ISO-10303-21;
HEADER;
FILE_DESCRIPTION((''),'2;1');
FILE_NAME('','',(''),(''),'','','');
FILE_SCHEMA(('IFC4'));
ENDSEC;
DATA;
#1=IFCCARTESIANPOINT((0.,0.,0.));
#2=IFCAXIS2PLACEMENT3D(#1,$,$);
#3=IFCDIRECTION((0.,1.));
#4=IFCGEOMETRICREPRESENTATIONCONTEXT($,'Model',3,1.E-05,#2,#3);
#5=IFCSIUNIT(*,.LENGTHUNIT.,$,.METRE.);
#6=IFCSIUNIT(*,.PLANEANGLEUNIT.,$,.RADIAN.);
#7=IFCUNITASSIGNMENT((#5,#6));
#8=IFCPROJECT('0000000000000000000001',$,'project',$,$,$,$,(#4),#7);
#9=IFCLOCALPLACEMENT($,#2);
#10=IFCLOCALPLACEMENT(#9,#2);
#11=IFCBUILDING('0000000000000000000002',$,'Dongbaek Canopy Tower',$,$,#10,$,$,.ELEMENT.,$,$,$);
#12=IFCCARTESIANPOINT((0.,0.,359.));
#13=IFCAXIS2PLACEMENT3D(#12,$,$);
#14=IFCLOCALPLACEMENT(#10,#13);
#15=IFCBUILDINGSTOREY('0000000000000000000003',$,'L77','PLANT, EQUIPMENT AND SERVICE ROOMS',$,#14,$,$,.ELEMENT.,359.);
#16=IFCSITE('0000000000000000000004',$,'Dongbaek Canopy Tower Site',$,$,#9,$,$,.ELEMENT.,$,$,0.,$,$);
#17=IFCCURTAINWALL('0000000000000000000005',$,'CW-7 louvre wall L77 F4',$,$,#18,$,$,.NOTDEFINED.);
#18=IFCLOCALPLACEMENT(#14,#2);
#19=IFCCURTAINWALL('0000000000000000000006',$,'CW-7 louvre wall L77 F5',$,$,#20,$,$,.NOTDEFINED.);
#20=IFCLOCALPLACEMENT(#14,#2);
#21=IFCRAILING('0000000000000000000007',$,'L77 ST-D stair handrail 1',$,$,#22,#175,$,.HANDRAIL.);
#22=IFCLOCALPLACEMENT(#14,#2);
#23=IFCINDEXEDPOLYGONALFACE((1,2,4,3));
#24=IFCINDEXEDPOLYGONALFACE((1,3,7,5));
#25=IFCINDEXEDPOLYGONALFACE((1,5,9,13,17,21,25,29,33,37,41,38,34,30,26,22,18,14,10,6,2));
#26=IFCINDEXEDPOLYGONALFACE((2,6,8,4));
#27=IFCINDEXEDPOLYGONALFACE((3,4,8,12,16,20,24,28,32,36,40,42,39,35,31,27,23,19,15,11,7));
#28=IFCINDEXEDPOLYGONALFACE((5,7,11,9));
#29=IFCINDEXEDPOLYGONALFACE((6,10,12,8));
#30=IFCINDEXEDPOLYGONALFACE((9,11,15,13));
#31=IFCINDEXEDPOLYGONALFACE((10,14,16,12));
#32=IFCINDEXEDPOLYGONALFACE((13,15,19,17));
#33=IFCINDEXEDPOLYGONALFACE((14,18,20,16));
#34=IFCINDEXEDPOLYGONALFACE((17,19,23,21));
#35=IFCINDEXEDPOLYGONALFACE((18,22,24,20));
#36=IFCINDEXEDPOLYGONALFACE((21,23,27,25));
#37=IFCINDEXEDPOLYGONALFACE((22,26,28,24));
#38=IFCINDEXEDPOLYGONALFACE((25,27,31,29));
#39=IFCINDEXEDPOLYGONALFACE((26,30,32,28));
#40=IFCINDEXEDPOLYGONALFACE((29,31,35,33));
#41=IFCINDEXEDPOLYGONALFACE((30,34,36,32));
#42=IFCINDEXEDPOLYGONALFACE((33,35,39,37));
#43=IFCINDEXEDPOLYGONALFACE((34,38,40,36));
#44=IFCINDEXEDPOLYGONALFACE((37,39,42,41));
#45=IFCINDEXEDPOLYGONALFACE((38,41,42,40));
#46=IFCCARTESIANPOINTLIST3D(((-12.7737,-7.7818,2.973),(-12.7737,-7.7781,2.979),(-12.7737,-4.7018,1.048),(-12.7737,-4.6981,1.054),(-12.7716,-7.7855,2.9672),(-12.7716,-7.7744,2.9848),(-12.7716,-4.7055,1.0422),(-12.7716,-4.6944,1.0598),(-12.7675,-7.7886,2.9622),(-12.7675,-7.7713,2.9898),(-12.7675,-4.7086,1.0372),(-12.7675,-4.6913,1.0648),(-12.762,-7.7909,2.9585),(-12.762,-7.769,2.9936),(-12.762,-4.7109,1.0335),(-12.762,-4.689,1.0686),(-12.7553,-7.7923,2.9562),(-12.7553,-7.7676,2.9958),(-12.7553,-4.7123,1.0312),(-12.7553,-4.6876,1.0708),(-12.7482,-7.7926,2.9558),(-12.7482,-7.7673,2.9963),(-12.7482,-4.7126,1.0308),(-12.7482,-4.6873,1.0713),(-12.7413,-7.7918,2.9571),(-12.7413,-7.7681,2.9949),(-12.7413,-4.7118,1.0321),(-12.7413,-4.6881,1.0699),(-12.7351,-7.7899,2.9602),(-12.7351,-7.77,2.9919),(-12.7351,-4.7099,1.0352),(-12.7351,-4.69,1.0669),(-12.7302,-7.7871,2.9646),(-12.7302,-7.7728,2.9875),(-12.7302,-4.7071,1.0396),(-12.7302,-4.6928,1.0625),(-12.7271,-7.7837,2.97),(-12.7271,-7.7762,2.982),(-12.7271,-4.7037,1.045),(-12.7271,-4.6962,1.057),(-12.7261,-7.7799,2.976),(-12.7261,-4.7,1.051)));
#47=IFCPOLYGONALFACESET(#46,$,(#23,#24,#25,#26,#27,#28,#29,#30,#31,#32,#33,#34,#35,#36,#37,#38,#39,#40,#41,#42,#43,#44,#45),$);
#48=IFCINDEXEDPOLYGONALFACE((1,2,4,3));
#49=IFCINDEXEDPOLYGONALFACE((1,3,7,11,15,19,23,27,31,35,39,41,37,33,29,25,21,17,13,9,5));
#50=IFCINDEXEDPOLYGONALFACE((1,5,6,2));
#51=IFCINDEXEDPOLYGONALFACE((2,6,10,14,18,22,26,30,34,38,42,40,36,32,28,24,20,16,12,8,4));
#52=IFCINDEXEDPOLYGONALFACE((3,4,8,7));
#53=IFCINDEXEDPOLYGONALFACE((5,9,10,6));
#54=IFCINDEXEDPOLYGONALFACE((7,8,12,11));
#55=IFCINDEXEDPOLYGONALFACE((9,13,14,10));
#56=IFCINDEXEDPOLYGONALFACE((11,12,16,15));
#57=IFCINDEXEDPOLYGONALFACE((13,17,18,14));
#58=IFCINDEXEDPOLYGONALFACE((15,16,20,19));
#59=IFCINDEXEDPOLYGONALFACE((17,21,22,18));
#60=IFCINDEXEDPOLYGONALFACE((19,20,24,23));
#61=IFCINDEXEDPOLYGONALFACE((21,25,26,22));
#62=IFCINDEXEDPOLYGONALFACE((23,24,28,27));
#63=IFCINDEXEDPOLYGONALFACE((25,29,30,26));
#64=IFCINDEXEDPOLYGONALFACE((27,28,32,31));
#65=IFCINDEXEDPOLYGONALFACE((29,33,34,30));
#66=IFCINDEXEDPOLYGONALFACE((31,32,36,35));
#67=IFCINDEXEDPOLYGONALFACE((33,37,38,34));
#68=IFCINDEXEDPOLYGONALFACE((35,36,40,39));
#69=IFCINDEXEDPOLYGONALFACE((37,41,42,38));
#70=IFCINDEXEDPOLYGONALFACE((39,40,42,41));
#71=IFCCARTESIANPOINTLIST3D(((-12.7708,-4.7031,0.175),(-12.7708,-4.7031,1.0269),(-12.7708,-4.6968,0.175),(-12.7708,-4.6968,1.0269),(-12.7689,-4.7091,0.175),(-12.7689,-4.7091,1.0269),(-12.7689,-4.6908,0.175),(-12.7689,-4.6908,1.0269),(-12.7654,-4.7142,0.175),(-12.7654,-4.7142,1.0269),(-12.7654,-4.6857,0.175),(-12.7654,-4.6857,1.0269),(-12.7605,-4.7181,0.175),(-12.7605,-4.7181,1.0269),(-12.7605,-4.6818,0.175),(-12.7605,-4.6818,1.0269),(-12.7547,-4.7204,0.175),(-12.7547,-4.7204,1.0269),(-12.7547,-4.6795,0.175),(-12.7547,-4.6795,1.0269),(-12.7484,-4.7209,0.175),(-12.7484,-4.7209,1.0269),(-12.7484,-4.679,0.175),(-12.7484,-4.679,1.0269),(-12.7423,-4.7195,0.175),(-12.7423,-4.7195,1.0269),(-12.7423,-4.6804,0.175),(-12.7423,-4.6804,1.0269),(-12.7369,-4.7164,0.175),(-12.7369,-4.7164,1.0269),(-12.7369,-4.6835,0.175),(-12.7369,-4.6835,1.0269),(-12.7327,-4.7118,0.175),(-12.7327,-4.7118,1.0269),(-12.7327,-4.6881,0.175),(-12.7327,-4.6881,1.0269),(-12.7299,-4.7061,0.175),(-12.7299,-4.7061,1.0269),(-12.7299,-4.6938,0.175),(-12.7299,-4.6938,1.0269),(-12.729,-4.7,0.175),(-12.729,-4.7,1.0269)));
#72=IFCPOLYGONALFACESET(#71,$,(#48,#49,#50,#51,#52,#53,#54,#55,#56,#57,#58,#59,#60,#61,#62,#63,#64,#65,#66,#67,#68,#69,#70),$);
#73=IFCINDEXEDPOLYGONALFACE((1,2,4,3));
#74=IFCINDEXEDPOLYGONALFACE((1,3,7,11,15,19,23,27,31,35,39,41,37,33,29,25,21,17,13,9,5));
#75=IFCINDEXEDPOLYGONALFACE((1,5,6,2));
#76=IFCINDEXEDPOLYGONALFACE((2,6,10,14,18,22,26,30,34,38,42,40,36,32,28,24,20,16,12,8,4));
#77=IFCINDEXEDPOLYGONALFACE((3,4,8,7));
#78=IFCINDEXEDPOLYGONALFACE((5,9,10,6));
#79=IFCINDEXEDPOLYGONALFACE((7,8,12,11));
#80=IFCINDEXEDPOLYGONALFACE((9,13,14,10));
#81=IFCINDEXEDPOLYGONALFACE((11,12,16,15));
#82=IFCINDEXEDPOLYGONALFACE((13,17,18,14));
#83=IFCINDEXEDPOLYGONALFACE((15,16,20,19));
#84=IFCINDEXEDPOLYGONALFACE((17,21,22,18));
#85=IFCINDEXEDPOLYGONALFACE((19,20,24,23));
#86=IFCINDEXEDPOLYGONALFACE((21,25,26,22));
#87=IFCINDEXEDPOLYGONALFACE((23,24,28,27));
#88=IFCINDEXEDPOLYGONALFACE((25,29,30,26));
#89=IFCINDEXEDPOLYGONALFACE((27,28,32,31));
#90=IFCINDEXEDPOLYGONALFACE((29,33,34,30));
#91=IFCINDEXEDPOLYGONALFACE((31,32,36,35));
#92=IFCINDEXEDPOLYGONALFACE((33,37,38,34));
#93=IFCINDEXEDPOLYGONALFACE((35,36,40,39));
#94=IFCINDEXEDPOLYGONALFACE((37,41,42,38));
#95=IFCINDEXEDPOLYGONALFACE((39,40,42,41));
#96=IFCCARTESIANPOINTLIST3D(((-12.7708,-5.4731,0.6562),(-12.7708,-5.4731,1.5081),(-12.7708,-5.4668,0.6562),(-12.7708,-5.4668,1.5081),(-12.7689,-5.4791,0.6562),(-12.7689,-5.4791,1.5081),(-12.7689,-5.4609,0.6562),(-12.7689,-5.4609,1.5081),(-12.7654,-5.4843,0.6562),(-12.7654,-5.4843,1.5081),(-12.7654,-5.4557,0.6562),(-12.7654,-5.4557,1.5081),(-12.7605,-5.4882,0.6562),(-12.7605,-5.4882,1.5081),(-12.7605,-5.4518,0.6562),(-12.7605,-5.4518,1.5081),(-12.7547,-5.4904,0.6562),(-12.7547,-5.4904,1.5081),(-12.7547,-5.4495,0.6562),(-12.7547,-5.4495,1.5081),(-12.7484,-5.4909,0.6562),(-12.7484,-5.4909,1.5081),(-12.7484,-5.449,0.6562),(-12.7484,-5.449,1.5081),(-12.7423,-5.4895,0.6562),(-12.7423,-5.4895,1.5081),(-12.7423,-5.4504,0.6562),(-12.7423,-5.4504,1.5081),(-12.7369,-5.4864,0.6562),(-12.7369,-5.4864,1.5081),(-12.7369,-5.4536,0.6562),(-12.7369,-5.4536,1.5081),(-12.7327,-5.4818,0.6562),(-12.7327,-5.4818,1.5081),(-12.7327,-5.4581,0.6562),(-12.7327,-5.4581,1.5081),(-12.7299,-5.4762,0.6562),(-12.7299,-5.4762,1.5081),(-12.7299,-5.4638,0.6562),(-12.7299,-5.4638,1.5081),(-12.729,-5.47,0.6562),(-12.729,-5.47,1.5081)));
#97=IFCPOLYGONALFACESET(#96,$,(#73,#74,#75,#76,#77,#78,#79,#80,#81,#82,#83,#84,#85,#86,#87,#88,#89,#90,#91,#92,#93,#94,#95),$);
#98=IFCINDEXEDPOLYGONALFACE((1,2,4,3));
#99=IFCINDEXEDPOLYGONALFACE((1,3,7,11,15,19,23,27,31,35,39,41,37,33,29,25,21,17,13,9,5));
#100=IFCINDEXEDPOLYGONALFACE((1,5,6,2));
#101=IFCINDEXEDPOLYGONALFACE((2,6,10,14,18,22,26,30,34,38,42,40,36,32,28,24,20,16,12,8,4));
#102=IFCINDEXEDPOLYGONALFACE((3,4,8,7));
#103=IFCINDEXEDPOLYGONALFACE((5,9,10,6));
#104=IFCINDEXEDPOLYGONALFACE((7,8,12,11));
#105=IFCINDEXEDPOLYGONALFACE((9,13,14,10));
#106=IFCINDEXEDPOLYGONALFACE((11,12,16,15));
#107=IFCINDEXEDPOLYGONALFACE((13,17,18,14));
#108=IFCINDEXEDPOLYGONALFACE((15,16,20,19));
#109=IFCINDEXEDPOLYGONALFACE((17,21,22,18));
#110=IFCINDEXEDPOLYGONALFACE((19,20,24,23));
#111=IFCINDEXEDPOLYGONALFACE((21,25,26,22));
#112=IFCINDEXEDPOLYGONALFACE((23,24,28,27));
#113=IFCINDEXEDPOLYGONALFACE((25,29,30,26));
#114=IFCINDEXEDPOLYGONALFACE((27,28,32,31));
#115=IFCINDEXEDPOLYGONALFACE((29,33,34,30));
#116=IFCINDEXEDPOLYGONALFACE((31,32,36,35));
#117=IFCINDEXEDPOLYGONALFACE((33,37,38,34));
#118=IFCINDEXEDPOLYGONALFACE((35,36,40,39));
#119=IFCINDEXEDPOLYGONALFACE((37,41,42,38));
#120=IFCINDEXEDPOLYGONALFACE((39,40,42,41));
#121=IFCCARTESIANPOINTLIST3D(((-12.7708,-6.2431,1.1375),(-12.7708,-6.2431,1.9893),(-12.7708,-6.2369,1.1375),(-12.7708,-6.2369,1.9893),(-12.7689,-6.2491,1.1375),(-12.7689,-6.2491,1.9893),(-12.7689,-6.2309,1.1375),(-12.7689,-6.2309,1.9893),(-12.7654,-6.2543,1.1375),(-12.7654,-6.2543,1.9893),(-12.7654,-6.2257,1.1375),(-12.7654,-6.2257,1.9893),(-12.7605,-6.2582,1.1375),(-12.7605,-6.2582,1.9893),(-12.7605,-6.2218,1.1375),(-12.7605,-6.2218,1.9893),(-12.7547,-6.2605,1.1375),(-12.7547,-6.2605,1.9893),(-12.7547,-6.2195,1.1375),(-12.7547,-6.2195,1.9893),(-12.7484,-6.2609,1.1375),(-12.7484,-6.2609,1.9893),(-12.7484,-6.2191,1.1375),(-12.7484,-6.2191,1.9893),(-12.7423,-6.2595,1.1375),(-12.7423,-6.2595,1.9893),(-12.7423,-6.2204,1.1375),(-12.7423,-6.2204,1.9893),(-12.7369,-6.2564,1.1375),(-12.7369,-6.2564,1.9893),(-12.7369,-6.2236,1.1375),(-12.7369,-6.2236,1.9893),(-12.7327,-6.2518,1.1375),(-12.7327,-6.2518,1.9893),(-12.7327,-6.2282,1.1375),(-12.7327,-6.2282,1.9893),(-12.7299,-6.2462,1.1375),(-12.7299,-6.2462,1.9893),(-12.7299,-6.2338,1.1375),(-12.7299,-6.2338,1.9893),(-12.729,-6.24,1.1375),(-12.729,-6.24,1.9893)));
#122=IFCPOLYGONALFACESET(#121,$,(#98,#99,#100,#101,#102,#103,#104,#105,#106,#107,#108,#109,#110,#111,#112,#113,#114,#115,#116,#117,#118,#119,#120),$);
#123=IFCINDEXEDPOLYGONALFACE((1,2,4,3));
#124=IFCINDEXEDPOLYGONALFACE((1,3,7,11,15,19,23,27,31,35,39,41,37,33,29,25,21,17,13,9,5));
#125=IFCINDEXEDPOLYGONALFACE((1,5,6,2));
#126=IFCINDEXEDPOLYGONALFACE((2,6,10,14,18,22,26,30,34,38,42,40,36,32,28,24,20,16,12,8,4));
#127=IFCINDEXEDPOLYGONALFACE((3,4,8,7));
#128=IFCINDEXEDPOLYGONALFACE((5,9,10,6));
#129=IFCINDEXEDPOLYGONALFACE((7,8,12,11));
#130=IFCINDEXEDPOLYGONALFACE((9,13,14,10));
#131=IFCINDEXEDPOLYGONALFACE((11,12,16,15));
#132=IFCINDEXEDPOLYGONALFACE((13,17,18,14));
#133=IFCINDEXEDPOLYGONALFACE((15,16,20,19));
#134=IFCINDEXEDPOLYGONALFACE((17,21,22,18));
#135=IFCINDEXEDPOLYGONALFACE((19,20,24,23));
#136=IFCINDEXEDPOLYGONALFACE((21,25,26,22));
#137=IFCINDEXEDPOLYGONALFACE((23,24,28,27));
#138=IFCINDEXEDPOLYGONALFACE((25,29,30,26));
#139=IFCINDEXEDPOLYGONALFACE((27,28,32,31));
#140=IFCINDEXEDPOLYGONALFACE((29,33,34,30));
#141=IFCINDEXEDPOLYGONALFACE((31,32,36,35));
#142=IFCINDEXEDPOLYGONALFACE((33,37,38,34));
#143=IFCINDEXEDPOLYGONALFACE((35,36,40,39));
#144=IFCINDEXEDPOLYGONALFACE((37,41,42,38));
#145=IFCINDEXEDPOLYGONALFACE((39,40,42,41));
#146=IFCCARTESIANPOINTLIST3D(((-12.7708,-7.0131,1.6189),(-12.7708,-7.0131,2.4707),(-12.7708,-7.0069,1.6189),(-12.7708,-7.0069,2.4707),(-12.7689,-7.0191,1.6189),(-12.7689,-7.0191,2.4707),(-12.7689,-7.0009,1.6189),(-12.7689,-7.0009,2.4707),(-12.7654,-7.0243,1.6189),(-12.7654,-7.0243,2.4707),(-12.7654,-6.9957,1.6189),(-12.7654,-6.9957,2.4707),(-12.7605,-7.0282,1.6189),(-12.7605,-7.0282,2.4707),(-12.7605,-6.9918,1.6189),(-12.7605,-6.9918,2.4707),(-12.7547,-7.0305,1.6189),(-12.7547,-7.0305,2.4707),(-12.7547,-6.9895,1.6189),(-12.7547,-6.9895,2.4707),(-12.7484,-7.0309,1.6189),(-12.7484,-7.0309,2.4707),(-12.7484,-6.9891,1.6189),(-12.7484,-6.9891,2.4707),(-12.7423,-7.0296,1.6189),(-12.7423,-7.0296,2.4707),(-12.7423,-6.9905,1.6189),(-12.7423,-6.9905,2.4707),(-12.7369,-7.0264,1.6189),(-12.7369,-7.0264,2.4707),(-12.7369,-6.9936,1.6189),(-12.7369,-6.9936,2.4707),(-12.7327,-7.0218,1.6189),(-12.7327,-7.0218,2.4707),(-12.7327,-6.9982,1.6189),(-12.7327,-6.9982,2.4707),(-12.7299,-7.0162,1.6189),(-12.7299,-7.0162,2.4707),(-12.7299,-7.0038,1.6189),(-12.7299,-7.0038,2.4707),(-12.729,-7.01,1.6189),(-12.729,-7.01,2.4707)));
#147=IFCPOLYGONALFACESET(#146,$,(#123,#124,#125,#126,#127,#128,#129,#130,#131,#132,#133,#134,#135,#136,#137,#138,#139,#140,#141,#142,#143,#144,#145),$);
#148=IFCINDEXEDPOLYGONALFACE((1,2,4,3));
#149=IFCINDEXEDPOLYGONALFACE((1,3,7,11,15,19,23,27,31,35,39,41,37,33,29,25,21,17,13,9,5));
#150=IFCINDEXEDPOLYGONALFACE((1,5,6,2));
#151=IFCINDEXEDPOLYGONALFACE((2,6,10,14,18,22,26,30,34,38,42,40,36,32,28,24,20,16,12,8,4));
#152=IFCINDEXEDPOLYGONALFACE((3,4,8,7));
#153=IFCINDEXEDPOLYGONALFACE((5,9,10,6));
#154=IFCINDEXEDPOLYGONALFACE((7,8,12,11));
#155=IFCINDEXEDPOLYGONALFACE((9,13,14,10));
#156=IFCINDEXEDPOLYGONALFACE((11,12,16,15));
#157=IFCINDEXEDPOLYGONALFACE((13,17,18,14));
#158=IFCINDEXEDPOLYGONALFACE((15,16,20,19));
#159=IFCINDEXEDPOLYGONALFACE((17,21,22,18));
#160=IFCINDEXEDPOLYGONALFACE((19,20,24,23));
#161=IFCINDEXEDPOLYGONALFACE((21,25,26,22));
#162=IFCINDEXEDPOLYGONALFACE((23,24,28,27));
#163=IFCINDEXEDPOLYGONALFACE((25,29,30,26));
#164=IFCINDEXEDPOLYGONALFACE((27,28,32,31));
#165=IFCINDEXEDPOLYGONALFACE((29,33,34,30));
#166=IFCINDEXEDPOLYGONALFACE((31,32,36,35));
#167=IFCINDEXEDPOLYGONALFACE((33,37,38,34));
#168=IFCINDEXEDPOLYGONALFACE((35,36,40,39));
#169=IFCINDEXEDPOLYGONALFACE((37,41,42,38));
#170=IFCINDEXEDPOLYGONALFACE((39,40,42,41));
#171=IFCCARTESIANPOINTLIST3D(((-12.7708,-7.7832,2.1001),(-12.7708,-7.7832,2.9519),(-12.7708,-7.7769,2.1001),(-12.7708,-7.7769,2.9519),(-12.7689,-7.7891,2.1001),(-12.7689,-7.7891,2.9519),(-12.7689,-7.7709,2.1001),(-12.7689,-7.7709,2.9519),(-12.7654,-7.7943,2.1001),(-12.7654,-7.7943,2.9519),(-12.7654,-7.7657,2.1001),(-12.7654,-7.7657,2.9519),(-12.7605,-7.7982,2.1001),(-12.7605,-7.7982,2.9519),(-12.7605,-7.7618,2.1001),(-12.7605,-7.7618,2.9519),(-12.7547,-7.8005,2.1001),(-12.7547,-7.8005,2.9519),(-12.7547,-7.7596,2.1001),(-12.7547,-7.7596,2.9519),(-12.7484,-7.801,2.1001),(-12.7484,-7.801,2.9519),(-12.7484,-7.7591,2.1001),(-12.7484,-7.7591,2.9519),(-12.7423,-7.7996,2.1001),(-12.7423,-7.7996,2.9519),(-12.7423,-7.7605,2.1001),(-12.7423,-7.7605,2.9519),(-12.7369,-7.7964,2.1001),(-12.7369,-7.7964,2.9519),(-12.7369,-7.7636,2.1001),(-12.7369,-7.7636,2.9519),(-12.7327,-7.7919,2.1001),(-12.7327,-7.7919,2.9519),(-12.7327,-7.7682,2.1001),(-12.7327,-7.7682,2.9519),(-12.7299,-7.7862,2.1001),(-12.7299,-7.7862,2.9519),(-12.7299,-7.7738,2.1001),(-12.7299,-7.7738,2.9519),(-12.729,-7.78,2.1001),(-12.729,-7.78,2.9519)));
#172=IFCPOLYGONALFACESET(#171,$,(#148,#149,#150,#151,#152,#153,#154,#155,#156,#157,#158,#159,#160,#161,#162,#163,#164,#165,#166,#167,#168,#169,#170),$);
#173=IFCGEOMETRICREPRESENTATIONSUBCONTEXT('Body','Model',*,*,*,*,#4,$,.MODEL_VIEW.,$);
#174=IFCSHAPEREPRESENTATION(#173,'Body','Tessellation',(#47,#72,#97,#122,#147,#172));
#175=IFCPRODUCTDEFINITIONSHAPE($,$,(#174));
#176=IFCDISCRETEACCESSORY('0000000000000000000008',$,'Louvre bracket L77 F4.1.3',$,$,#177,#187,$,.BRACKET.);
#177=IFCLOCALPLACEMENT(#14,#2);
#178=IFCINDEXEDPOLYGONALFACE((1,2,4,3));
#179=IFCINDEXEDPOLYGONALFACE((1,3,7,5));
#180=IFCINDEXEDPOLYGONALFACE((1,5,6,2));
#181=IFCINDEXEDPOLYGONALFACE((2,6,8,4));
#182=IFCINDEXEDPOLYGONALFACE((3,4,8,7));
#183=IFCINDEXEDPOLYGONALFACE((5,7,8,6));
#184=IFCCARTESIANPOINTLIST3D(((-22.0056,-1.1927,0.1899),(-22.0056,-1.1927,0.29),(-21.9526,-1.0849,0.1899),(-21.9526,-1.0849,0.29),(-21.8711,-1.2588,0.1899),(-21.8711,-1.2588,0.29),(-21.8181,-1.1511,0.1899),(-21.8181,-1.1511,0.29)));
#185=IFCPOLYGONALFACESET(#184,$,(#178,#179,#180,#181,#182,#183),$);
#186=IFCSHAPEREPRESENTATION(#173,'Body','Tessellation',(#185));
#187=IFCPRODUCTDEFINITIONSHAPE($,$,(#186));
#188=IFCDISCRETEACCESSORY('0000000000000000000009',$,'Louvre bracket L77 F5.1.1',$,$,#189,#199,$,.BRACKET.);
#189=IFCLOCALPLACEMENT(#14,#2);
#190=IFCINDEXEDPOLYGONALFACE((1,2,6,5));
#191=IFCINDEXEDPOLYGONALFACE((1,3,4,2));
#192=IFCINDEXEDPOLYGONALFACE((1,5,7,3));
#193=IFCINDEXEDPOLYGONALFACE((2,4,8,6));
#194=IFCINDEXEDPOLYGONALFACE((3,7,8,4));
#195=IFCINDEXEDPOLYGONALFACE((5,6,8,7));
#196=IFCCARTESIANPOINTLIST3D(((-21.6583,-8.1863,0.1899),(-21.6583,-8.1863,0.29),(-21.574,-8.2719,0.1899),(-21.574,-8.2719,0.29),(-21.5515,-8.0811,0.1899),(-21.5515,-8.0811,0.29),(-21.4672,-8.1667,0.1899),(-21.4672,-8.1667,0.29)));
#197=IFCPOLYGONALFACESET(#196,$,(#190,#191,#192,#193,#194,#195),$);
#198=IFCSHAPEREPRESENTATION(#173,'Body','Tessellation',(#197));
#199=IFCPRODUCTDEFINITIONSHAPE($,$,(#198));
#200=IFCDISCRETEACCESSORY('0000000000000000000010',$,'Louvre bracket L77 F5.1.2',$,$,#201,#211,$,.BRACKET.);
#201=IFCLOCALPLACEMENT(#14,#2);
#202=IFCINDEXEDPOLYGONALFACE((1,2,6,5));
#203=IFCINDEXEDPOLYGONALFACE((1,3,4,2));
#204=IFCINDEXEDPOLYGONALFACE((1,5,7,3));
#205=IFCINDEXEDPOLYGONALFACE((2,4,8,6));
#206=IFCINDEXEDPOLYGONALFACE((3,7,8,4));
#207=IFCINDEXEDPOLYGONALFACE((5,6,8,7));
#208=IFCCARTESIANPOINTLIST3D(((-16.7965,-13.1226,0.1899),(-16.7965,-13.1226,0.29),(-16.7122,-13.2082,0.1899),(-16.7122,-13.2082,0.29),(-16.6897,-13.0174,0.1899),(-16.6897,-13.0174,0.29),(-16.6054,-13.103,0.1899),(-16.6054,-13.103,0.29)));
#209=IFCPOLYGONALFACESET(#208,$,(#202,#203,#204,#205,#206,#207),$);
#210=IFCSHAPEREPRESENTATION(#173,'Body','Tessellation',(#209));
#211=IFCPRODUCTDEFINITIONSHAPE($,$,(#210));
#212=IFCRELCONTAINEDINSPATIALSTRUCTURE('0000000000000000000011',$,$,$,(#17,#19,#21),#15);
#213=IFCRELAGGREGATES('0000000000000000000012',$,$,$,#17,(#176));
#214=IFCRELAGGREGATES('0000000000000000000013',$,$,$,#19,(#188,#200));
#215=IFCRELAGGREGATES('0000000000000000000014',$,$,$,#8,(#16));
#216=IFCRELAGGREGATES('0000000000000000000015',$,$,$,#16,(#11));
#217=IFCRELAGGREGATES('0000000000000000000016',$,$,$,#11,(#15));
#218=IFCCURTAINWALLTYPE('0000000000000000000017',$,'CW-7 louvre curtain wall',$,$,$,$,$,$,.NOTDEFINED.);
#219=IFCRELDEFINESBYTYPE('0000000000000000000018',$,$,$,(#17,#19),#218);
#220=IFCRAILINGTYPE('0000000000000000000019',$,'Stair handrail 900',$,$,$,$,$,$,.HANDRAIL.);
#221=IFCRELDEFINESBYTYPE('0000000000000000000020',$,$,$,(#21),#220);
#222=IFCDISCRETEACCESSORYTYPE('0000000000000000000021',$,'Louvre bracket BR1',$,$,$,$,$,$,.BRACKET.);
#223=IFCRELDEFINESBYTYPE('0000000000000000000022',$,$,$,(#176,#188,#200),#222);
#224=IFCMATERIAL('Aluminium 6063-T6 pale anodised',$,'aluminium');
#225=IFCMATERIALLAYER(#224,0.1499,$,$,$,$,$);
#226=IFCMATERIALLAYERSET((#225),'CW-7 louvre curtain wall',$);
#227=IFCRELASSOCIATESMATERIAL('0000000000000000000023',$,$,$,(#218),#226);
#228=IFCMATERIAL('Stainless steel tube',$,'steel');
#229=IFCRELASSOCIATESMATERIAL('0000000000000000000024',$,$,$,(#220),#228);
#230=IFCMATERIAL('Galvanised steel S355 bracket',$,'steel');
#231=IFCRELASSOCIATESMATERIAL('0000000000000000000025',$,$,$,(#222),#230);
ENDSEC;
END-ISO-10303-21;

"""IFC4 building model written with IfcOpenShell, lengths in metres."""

from ifc_helpers import new_model, si_unit, direction, frame, origin, origin_2d, place, context, subcontext, project, spatial, rectangle, circle, extrude, material, layer, layer_set, type_object, element, aggregate, save


model = new_model("IFC4")

# Units and contexts
model_context = context("Model", 3, precision=1e-05, world=origin(), true_north=direction((0.0, 1.0)))
body_context = subcontext(model_context, "Body", "Model", "MODEL_VIEW")
ifc_project = project(units=[si_unit("LENGTHUNIT", "METRE"), si_unit("PLANEANGLEUNIT", "RADIAN")], contexts=[model_context])

# Site, building, storey
site_placement = place(None, origin())
site = spatial("IfcSite", under=ifc_project, at=site_placement, Name="Dongbaek Canopy Tower Site", CompositionType="ELEMENT", RefElevation=0.0)
building_placement = place(site_placement, origin())
building = spatial("IfcBuilding", under=site, at=building_placement, Name="Dongbaek Canopy Tower", CompositionType="ELEMENT")
storey_placement = place(building_placement, frame((0.0, 0.0, 359.0)))
storey = spatial("IfcBuildingStorey", under=building, at=storey_placement, Name="L77", Description="PLANT, EQUIPMENT AND SERVICE ROOMS", CompositionType="ELEMENT", Elevation=359.0)

# Curtain wall
ifc_material_1 = material(Name="Aluminium 6063-T6 pale anodised", Category="aluminium")
ifc_layer_1 = layer(ifc_material_1, 0.1499)
ifc_layer_set_1 = layer_set([ifc_layer_1], Name="CW-7 louvre curtain wall")
curtain_wall_type = type_object("IfcCurtainWallType", Name="CW-7 louvre curtain wall", PredefinedType="NOTDEFINED", material=ifc_layer_set_1)
curtain_wall_1_placement = place(storey_placement, origin())
curtain_wall_1 = element("IfcCurtainWall", 1, at=curtain_wall_1_placement, inside=storey, type_object=curtain_wall_type, Name="CW-7 louvre wall L77 F4", PredefinedType="NOTDEFINED")

# Curtain wall
curtain_wall_2_placement = place(storey_placement, origin())
curtain_wall_2 = element("IfcCurtainWall", 2, at=curtain_wall_2_placement, inside=storey, type_object=curtain_wall_type, Name="CW-7 louvre wall L77 F5", PredefinedType="NOTDEFINED")

# Railing
ifc_material_2 = material(Name="Stainless steel tube", Category="steel")
railing_type_1 = type_object("IfcRailingType", Name="Stair handrail 900", PredefinedType="HANDRAIL", material=ifc_material_2)
railing_1_placement = place(storey_placement, frame((-12.75, -4.7, 0.175)))
element("IfcRailing", 3, at=railing_1_placement, inside=storey, type_object=railing_type_1, Name="L77 ST-D stair handrail 1", PredefinedType="HANDRAIL", context=body_context, shape_type="SweptSolid", body=[
    extrude(circle(Radius=0.0239, at=origin_2d()), frame((0.0, 0.0, 0.876), z_axis=(0.0, -0.847998, 0.529999), x_axis=(1.0, 0.0, 0.0)), (0.0, 0.0, 1.0), 3.6321),
    extrude(circle(Radius=0.021, at=origin_2d()), origin(), (0.0, 0.0, 1.0), 0.8518),
    extrude(circle(Radius=0.021, at=origin_2d()), frame((0.0, -0.77, 0.4812)), (0.0, 0.0, 1.0), 0.8518),
    extrude(circle(Radius=0.021, at=origin_2d()), frame((0.0, -1.54, 0.9624)), (0.0, 0.0, 1.0), 0.8518),
    extrude(circle(Radius=0.021, at=origin_2d()), frame((0.0, -2.3101, 1.4438)), (0.0, 0.0, 1.0), 0.8518),
    extrude(circle(Radius=0.021, at=origin_2d()), frame((0.0, -3.0801, 1.925)), (0.0, 0.0, 1.0), 0.8518),
])

# Discrete accessories
ifc_material_3 = material(Name="Galvanised steel S355 bracket", Category="steel")
discrete_accessory_type = type_object("IfcDiscreteAccessoryType", Name="Louvre bracket BR1", PredefinedType="BRACKET", material=ifc_material_3)
discrete_accessory_1_placement = place(storey_placement, frame((-21.9119, -1.1719, 0.1899), z_axis=(0.0, 0.0, 1.0), x_axis=(-0.441342, -0.897339, 0.0)))
discrete_accessory_1 = element("IfcDiscreteAccessory", 4, at=discrete_accessory_1_placement, type_object=discrete_accessory_type, Name="Louvre bracket L77 F4.1.3", PredefinedType="BRACKET", context=body_context, shape_type="SweptSolid", body=[
    extrude(rectangle(XDim=0.1201, YDim=0.1499, at=origin_2d()), origin(), (0.0, 0.0, 1.0), 0.1001),
])
aggregate(curtain_wall_1, [discrete_accessory_1])
discrete_accessory_2_placement = place(storey_placement, frame((-21.5627, -8.1765, 0.1899), z_axis=(0.0, 0.0, 1.0), x_axis=(0.701718, -0.712455, 0.0)))
discrete_accessory_2 = element("IfcDiscreteAccessory", 5, at=discrete_accessory_2_placement, type_object=discrete_accessory_type, Name="Louvre bracket L77 F5.1.1", PredefinedType="BRACKET", context=body_context, shape_type="SweptSolid", body=[
    extrude(rectangle(XDim=0.1201, YDim=0.1499, at=origin_2d()), origin(), (0.0, 0.0, 1.0), 0.1001),
])
discrete_accessory_3_placement = place(storey_placement, frame((-16.7009, -13.1128, 0.1899), z_axis=(0.0, 0.0, 1.0), x_axis=(0.701718, -0.712455, 0.0)))
discrete_accessory_3 = element("IfcDiscreteAccessory", 6, at=discrete_accessory_3_placement, type_object=discrete_accessory_type, Name="Louvre bracket L77 F5.1.2", PredefinedType="BRACKET", context=body_context, shape_type="SweptSolid", body=[
    extrude(rectangle(XDim=0.1201, YDim=0.1499, at=origin_2d()), origin(), (0.0, 0.0, 1.0), 0.1001),
])
aggregate(curtain_wall_2, [discrete_accessory_2, discrete_accessory_3])

save(model, "model.ifc")
